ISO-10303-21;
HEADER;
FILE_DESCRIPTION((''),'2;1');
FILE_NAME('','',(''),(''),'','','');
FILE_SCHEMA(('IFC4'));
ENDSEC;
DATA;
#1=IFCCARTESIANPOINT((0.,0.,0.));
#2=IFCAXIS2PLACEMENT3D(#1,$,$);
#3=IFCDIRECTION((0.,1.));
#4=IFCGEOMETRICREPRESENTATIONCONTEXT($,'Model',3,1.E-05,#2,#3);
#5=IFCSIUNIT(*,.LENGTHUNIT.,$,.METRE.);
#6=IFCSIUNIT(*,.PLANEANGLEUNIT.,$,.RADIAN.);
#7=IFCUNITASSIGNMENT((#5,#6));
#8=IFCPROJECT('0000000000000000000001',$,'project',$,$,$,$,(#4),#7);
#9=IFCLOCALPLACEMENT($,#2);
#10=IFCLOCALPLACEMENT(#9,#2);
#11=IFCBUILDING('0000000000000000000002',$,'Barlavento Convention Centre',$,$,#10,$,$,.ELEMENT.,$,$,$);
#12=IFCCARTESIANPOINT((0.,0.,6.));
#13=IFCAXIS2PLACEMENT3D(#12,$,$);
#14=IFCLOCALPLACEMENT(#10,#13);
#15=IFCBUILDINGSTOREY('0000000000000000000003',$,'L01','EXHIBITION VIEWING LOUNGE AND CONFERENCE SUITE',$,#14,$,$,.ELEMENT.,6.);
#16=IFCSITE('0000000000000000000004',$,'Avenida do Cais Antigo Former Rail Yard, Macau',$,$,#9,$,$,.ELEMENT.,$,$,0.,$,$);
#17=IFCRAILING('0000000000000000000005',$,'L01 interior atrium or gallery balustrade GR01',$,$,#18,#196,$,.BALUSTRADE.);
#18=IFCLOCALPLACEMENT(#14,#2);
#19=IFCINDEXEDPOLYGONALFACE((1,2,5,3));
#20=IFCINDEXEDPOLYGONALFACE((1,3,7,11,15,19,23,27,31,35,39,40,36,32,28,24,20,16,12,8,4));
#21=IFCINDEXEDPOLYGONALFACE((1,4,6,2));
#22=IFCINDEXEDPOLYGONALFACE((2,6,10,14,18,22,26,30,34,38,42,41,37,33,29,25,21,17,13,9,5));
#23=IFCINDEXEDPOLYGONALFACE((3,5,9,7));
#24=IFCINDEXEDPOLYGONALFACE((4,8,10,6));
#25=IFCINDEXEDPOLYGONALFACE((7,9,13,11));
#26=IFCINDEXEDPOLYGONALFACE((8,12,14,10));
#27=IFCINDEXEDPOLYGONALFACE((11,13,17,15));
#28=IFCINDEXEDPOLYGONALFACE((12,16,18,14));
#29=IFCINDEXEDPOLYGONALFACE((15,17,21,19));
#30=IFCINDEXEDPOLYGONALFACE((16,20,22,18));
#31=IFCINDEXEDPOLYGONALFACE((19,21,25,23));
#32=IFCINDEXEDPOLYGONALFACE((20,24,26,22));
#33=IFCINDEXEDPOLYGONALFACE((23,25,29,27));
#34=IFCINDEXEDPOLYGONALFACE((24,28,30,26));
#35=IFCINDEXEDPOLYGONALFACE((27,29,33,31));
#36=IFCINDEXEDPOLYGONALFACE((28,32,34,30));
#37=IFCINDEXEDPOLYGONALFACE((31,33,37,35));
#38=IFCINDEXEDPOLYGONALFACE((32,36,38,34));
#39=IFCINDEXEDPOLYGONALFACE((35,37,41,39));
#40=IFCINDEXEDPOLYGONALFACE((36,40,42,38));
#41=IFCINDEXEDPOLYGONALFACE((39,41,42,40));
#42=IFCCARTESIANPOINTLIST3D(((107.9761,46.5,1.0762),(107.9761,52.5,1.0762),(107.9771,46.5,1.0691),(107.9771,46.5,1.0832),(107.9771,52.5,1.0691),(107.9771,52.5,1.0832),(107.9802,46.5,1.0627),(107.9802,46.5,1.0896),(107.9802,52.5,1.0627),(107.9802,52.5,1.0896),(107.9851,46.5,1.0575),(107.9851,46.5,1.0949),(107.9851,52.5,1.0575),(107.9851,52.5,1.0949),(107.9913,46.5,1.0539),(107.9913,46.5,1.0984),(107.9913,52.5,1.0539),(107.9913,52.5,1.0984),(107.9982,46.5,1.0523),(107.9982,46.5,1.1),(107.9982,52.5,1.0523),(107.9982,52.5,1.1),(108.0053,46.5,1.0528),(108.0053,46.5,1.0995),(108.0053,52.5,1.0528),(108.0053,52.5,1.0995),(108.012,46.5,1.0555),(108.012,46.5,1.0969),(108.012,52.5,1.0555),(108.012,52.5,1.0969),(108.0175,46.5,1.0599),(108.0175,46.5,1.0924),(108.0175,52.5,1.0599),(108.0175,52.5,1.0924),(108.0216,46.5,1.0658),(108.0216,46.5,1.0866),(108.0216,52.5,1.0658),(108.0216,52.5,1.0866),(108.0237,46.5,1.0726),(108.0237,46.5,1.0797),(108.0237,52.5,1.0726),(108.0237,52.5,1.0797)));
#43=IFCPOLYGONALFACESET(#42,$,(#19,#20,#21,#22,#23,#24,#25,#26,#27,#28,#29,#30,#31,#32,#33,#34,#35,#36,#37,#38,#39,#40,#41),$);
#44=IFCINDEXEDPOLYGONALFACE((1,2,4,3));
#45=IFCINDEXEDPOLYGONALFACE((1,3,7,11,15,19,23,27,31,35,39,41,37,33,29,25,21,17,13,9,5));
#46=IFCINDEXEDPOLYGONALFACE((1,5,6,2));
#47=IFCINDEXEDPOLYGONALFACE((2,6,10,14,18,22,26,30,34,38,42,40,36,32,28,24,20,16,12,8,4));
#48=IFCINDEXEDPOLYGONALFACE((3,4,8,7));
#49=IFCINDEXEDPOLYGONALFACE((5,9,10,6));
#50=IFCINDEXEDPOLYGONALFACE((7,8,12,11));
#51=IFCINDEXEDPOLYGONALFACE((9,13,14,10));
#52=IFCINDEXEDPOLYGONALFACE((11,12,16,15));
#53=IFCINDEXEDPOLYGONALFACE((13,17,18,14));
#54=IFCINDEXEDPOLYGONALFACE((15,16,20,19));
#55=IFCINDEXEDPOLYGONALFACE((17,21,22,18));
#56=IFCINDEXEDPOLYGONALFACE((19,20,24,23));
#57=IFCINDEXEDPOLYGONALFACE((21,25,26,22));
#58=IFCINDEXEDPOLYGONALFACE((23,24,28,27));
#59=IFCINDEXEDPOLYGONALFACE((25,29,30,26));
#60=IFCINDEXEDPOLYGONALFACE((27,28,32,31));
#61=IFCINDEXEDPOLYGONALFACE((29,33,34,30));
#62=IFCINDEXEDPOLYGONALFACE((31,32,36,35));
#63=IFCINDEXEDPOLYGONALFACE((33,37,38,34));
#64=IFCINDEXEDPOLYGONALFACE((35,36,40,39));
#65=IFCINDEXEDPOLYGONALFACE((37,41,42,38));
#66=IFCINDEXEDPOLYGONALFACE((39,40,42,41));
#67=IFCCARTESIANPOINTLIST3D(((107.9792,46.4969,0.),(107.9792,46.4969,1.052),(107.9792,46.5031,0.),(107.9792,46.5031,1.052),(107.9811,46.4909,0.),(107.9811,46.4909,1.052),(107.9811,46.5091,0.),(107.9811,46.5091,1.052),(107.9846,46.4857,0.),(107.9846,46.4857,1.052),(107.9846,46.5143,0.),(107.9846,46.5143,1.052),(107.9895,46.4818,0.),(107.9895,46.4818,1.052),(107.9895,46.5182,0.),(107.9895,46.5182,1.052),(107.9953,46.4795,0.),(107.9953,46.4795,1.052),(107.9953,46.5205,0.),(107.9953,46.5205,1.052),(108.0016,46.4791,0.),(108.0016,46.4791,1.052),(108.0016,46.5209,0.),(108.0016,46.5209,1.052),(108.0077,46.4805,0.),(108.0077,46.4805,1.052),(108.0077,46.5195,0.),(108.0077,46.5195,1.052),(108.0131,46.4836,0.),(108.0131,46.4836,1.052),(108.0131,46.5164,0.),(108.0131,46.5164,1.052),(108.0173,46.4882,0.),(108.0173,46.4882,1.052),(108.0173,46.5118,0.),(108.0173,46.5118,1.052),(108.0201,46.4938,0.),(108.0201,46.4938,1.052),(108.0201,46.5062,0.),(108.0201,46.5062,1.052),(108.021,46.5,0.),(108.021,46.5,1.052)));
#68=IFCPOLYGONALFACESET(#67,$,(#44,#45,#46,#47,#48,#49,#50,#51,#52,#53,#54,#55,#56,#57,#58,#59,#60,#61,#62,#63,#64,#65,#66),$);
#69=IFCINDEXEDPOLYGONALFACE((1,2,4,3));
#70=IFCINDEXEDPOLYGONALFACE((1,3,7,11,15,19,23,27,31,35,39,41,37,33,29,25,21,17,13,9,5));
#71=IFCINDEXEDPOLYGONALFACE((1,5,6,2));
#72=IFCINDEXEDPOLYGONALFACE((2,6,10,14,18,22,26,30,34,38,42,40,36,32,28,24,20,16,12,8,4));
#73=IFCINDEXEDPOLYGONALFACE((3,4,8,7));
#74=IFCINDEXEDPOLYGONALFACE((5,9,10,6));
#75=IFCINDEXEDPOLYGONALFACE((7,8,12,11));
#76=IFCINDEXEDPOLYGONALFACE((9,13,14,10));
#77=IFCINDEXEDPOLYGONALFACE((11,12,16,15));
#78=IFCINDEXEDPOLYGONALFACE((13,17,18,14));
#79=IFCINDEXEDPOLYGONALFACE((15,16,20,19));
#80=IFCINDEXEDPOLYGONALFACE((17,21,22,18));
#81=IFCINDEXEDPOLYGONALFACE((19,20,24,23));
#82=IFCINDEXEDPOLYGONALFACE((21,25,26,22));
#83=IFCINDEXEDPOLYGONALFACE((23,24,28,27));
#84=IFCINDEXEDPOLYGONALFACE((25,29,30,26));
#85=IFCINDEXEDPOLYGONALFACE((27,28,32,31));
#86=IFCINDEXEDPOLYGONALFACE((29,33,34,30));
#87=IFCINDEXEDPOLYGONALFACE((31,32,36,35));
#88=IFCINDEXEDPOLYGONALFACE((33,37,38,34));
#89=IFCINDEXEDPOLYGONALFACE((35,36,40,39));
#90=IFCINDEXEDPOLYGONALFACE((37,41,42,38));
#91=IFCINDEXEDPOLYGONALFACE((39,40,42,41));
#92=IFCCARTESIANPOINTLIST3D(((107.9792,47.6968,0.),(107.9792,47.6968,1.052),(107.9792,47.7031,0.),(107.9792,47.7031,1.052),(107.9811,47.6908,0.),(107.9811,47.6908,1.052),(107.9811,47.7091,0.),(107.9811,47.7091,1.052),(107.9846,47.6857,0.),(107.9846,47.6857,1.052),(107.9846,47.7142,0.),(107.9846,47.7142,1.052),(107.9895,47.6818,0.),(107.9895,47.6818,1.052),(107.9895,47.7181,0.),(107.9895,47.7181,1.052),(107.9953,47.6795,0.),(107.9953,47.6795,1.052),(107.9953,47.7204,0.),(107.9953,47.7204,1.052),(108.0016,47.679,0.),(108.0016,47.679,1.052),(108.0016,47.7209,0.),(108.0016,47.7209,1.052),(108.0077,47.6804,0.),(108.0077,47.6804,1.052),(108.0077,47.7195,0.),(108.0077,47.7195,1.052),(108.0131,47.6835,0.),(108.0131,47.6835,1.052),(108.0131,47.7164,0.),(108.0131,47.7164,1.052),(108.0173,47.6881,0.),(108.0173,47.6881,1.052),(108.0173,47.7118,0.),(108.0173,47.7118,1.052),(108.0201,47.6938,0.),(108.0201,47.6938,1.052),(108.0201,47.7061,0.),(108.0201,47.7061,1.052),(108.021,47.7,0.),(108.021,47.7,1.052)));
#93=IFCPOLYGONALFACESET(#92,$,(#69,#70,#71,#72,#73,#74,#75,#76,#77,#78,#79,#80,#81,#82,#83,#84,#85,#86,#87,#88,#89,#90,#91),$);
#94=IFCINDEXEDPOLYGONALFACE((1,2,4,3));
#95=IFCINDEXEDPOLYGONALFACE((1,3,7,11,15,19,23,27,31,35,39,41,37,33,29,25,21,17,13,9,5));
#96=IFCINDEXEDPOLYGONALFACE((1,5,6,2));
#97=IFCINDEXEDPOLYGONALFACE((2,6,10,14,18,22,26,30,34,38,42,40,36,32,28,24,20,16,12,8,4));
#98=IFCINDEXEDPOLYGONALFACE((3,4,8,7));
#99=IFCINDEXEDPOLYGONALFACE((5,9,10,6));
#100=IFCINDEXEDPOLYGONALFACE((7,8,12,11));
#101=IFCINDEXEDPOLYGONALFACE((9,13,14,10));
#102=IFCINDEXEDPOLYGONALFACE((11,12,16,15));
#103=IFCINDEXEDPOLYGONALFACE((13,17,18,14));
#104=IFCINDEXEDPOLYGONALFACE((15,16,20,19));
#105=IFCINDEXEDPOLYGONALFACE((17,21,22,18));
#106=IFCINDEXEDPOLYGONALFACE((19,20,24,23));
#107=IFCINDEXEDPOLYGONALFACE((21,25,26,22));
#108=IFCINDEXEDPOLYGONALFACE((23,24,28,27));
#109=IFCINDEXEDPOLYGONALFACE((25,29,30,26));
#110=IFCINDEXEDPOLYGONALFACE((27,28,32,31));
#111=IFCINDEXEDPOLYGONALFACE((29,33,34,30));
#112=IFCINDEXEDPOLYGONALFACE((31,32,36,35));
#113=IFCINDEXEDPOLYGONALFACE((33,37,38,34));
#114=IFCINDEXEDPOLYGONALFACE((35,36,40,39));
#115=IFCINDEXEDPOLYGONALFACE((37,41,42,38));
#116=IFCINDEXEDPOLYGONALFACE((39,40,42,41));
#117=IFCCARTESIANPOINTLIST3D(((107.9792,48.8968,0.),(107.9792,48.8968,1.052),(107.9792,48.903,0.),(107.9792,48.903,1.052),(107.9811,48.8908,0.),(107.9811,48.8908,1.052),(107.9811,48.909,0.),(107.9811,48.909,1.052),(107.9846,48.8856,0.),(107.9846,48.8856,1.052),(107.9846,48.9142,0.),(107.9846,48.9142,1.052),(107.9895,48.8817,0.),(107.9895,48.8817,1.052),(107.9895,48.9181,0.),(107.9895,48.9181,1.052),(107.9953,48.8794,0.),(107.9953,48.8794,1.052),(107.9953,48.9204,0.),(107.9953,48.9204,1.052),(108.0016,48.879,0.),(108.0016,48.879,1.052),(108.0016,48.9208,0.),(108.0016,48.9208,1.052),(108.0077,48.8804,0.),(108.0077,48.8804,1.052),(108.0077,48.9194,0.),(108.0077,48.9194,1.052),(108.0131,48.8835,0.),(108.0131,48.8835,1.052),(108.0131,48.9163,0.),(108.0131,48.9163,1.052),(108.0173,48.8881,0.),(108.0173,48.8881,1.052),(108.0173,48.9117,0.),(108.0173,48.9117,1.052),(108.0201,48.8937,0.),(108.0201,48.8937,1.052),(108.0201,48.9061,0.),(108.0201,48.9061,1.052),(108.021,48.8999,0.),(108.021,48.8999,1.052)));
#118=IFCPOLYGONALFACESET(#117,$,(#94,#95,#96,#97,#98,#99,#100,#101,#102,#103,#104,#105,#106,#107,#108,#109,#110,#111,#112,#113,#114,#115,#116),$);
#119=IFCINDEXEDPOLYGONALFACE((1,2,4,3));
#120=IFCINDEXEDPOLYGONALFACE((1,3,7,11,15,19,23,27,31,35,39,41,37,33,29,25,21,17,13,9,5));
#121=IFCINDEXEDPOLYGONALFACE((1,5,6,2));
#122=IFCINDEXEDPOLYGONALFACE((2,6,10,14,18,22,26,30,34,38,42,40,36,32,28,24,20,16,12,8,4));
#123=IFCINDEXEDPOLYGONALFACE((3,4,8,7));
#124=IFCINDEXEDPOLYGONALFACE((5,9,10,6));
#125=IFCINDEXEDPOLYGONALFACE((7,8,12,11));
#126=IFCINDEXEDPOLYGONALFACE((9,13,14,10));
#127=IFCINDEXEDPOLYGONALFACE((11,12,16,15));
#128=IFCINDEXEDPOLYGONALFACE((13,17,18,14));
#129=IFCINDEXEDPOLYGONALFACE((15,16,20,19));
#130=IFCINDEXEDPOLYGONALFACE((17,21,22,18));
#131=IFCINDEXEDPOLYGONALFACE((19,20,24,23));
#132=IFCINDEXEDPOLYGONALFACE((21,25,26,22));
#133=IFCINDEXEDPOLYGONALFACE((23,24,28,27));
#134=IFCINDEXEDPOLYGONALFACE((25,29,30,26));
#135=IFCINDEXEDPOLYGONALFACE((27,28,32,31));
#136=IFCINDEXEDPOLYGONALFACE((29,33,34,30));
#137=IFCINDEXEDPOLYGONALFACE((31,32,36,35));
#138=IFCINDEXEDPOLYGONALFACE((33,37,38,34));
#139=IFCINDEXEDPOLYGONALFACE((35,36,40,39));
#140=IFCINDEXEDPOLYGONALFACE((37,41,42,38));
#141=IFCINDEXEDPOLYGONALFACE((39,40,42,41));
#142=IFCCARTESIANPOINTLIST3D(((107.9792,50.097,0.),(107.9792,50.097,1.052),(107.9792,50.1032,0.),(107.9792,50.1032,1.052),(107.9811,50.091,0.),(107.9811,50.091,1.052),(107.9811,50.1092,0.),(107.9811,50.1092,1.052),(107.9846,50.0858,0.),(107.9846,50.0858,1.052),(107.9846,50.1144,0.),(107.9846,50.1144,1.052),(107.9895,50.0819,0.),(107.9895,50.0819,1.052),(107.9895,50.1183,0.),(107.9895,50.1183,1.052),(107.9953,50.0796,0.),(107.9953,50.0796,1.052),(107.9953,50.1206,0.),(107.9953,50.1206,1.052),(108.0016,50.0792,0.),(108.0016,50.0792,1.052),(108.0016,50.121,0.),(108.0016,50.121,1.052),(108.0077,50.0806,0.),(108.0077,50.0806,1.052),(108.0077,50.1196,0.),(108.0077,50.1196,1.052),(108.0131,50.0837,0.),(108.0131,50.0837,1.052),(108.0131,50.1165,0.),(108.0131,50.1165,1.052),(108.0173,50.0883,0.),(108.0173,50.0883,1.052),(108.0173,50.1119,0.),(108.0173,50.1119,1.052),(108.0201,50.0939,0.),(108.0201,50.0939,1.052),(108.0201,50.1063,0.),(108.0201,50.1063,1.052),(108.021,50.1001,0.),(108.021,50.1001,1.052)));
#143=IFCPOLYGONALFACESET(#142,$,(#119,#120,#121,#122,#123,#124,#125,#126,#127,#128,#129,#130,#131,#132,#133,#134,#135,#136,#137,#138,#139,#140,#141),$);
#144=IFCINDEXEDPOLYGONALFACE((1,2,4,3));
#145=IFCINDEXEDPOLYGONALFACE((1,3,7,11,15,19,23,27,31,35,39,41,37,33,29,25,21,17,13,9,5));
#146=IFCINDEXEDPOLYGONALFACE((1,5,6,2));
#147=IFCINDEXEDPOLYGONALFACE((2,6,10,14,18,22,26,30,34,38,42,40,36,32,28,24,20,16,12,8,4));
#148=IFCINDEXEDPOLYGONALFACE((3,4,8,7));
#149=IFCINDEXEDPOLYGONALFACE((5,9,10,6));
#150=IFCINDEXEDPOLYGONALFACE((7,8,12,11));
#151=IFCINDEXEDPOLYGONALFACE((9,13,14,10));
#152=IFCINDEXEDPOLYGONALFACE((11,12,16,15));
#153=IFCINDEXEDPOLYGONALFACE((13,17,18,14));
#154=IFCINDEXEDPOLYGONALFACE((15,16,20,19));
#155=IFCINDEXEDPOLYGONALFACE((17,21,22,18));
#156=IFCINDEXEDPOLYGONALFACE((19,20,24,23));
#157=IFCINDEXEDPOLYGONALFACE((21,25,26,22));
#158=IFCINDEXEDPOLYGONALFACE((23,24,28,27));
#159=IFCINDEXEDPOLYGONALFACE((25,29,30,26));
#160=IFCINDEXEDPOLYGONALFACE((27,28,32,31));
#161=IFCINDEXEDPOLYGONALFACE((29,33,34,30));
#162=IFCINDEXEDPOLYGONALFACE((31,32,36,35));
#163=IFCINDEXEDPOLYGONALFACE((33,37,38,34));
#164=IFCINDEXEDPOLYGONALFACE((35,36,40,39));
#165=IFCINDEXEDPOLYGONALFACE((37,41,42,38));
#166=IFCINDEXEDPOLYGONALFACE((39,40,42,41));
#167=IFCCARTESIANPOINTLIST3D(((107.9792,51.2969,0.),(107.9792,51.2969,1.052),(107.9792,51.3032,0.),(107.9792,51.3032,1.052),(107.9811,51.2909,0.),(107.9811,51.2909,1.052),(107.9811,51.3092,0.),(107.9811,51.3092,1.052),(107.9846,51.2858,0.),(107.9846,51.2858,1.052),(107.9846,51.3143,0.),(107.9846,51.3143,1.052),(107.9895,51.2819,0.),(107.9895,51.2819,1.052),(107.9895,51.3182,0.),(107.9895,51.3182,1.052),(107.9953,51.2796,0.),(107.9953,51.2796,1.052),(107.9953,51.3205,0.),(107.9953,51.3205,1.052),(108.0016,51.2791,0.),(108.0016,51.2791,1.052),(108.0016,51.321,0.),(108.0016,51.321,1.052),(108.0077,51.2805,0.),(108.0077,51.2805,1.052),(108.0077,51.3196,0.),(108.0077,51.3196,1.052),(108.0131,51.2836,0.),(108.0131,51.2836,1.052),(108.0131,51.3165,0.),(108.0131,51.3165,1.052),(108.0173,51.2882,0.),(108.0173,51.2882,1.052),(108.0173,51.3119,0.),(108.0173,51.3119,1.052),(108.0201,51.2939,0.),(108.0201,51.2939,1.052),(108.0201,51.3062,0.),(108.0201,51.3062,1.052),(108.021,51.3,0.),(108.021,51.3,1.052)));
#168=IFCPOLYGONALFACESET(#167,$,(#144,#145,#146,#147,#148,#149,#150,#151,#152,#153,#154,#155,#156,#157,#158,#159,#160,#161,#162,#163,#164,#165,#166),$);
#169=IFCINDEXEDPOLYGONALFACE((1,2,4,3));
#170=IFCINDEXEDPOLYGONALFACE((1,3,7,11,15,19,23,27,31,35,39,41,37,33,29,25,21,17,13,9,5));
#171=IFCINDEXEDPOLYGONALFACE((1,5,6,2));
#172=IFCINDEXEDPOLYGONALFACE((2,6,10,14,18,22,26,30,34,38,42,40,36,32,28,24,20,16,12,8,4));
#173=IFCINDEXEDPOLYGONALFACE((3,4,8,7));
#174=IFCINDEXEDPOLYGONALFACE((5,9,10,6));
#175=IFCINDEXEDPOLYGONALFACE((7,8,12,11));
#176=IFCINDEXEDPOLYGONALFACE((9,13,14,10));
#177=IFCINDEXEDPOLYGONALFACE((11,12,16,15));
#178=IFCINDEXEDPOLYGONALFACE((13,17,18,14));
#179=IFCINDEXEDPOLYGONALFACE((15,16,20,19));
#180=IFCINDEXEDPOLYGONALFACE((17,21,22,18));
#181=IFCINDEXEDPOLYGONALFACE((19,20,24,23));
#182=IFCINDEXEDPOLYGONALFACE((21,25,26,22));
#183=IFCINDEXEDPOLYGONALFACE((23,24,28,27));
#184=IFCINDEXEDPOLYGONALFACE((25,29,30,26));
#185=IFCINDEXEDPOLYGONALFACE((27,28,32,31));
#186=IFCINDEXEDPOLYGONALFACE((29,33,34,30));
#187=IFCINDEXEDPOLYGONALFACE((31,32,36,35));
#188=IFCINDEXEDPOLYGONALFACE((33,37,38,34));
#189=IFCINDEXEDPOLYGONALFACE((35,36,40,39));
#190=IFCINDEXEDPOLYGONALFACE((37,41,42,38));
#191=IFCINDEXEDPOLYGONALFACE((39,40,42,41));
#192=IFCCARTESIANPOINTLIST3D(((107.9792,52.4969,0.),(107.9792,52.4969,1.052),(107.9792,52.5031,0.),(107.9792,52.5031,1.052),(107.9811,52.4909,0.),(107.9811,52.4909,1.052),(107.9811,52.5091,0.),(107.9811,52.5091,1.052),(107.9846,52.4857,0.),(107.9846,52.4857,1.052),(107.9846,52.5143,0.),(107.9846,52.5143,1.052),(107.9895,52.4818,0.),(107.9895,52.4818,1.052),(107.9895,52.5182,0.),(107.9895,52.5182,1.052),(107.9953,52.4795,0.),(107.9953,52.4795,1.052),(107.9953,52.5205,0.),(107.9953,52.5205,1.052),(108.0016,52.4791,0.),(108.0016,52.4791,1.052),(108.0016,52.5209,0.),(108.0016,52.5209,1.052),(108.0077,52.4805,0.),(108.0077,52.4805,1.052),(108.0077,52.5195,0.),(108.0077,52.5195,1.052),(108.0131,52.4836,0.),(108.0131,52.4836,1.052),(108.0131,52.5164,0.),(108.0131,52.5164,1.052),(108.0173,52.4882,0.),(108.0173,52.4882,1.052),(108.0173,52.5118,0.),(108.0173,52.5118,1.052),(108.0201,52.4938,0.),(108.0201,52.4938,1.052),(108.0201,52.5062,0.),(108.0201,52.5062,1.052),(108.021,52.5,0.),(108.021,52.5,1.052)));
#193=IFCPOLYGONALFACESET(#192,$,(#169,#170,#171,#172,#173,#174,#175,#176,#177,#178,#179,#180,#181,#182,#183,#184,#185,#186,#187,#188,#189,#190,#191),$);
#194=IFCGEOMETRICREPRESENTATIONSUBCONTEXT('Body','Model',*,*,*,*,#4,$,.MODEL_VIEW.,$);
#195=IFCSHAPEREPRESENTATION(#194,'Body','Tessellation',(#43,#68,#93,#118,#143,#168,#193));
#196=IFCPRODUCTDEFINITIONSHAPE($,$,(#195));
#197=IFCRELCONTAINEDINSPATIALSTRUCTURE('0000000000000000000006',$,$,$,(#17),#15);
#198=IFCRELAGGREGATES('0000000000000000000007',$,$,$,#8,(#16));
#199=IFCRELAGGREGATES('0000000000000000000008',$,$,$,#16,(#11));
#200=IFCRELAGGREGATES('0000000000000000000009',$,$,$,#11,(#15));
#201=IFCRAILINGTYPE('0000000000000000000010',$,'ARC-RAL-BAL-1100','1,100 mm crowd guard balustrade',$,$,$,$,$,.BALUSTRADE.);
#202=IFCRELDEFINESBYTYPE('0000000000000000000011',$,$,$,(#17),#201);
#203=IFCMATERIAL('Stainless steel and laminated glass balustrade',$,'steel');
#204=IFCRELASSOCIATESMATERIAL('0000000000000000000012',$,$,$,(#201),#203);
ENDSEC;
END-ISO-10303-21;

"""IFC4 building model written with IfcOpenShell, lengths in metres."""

from ifc_helpers import new_model, si_unit, direction, frame, origin, origin_2d, place, context, subcontext, project, spatial, circle, extrude, material, type_object, element, save


model = new_model("IFC4")

# Units and contexts
model_context = context("Model", 3, precision=1e-05, world=origin(), true_north=direction((0.0, 1.0)))
body_context = subcontext(model_context, "Body", "Model", "MODEL_VIEW")
ifc_project = project(units=[si_unit("LENGTHUNIT", "METRE"), si_unit("PLANEANGLEUNIT", "RADIAN")], contexts=[model_context])

# Site, building, storey
site_placement = place(None, origin())
site = spatial("IfcSite", under=ifc_project, at=site_placement, Name="Avenida do Cais Antigo Former Rail Yard, Macau", CompositionType="ELEMENT", RefElevation=0.0)
building_placement = place(site_placement, origin())
building = spatial("IfcBuilding", under=site, at=building_placement, Name="Barlavento Convention Centre", CompositionType="ELEMENT")
storey_placement = place(building_placement, frame((0.0, 0.0, 6.0)))
storey = spatial("IfcBuildingStorey", under=building, at=storey_placement, Name="L01", Description="EXHIBITION VIEWING LOUNGE AND CONFERENCE SUITE", CompositionType="ELEMENT", Elevation=6.0)

# Railing
ifc_material_1 = material(Name="Stainless steel and laminated glass balustrade", Category="steel")
railing_type = type_object("IfcRailingType", Name="ARC-RAL-BAL-1100", Description="1,100 mm crowd guard balustrade", PredefinedType="BALUSTRADE", material=ifc_material_1)
railing_1_placement = place(storey_placement, frame((108.0, 46.5, 0.0)))
element("IfcRailing", 1, at=railing_1_placement, inside=storey, type_object=railing_type, Name="L01 interior atrium or gallery balustrade GR01", PredefinedType="BALUSTRADE", context=body_context, shape_type="SweptSolid", body=[
    extrude(circle(Radius=0.0239, at=origin_2d()), frame((0.0, 0.0, 1.0762), z_axis=(0.0, 1.0, 0.0), x_axis=(-1.0, 0.0, 0.0)), (0.0, 0.0, 1.0), 6.0),
    extrude(circle(Radius=0.021, at=origin_2d()), origin(), (0.0, 0.0, 1.0), 1.052),
    extrude(circle(Radius=0.021, at=origin_2d()), frame((0.0, 1.2, 0.0)), (0.0, 0.0, 1.0), 1.052),
    extrude(circle(Radius=0.021, at=origin_2d()), frame((0.0, 2.3999, 0.0)), (0.0, 0.0, 1.0), 1.052),
    extrude(circle(Radius=0.021, at=origin_2d()), frame((0.0, 3.6001, 0.0)), (0.0, 0.0, 1.0), 1.052),
    extrude(circle(Radius=0.021, at=origin_2d()), frame((0.0, 4.8, 0.0)), (0.0, 0.0, 1.0), 1.052),
    extrude(circle(Radius=0.021, at=origin_2d()), frame((0.0, 6.0, 0.0)), (0.0, 0.0, 1.0), 1.052),
])

save(model, "model.ifc")
